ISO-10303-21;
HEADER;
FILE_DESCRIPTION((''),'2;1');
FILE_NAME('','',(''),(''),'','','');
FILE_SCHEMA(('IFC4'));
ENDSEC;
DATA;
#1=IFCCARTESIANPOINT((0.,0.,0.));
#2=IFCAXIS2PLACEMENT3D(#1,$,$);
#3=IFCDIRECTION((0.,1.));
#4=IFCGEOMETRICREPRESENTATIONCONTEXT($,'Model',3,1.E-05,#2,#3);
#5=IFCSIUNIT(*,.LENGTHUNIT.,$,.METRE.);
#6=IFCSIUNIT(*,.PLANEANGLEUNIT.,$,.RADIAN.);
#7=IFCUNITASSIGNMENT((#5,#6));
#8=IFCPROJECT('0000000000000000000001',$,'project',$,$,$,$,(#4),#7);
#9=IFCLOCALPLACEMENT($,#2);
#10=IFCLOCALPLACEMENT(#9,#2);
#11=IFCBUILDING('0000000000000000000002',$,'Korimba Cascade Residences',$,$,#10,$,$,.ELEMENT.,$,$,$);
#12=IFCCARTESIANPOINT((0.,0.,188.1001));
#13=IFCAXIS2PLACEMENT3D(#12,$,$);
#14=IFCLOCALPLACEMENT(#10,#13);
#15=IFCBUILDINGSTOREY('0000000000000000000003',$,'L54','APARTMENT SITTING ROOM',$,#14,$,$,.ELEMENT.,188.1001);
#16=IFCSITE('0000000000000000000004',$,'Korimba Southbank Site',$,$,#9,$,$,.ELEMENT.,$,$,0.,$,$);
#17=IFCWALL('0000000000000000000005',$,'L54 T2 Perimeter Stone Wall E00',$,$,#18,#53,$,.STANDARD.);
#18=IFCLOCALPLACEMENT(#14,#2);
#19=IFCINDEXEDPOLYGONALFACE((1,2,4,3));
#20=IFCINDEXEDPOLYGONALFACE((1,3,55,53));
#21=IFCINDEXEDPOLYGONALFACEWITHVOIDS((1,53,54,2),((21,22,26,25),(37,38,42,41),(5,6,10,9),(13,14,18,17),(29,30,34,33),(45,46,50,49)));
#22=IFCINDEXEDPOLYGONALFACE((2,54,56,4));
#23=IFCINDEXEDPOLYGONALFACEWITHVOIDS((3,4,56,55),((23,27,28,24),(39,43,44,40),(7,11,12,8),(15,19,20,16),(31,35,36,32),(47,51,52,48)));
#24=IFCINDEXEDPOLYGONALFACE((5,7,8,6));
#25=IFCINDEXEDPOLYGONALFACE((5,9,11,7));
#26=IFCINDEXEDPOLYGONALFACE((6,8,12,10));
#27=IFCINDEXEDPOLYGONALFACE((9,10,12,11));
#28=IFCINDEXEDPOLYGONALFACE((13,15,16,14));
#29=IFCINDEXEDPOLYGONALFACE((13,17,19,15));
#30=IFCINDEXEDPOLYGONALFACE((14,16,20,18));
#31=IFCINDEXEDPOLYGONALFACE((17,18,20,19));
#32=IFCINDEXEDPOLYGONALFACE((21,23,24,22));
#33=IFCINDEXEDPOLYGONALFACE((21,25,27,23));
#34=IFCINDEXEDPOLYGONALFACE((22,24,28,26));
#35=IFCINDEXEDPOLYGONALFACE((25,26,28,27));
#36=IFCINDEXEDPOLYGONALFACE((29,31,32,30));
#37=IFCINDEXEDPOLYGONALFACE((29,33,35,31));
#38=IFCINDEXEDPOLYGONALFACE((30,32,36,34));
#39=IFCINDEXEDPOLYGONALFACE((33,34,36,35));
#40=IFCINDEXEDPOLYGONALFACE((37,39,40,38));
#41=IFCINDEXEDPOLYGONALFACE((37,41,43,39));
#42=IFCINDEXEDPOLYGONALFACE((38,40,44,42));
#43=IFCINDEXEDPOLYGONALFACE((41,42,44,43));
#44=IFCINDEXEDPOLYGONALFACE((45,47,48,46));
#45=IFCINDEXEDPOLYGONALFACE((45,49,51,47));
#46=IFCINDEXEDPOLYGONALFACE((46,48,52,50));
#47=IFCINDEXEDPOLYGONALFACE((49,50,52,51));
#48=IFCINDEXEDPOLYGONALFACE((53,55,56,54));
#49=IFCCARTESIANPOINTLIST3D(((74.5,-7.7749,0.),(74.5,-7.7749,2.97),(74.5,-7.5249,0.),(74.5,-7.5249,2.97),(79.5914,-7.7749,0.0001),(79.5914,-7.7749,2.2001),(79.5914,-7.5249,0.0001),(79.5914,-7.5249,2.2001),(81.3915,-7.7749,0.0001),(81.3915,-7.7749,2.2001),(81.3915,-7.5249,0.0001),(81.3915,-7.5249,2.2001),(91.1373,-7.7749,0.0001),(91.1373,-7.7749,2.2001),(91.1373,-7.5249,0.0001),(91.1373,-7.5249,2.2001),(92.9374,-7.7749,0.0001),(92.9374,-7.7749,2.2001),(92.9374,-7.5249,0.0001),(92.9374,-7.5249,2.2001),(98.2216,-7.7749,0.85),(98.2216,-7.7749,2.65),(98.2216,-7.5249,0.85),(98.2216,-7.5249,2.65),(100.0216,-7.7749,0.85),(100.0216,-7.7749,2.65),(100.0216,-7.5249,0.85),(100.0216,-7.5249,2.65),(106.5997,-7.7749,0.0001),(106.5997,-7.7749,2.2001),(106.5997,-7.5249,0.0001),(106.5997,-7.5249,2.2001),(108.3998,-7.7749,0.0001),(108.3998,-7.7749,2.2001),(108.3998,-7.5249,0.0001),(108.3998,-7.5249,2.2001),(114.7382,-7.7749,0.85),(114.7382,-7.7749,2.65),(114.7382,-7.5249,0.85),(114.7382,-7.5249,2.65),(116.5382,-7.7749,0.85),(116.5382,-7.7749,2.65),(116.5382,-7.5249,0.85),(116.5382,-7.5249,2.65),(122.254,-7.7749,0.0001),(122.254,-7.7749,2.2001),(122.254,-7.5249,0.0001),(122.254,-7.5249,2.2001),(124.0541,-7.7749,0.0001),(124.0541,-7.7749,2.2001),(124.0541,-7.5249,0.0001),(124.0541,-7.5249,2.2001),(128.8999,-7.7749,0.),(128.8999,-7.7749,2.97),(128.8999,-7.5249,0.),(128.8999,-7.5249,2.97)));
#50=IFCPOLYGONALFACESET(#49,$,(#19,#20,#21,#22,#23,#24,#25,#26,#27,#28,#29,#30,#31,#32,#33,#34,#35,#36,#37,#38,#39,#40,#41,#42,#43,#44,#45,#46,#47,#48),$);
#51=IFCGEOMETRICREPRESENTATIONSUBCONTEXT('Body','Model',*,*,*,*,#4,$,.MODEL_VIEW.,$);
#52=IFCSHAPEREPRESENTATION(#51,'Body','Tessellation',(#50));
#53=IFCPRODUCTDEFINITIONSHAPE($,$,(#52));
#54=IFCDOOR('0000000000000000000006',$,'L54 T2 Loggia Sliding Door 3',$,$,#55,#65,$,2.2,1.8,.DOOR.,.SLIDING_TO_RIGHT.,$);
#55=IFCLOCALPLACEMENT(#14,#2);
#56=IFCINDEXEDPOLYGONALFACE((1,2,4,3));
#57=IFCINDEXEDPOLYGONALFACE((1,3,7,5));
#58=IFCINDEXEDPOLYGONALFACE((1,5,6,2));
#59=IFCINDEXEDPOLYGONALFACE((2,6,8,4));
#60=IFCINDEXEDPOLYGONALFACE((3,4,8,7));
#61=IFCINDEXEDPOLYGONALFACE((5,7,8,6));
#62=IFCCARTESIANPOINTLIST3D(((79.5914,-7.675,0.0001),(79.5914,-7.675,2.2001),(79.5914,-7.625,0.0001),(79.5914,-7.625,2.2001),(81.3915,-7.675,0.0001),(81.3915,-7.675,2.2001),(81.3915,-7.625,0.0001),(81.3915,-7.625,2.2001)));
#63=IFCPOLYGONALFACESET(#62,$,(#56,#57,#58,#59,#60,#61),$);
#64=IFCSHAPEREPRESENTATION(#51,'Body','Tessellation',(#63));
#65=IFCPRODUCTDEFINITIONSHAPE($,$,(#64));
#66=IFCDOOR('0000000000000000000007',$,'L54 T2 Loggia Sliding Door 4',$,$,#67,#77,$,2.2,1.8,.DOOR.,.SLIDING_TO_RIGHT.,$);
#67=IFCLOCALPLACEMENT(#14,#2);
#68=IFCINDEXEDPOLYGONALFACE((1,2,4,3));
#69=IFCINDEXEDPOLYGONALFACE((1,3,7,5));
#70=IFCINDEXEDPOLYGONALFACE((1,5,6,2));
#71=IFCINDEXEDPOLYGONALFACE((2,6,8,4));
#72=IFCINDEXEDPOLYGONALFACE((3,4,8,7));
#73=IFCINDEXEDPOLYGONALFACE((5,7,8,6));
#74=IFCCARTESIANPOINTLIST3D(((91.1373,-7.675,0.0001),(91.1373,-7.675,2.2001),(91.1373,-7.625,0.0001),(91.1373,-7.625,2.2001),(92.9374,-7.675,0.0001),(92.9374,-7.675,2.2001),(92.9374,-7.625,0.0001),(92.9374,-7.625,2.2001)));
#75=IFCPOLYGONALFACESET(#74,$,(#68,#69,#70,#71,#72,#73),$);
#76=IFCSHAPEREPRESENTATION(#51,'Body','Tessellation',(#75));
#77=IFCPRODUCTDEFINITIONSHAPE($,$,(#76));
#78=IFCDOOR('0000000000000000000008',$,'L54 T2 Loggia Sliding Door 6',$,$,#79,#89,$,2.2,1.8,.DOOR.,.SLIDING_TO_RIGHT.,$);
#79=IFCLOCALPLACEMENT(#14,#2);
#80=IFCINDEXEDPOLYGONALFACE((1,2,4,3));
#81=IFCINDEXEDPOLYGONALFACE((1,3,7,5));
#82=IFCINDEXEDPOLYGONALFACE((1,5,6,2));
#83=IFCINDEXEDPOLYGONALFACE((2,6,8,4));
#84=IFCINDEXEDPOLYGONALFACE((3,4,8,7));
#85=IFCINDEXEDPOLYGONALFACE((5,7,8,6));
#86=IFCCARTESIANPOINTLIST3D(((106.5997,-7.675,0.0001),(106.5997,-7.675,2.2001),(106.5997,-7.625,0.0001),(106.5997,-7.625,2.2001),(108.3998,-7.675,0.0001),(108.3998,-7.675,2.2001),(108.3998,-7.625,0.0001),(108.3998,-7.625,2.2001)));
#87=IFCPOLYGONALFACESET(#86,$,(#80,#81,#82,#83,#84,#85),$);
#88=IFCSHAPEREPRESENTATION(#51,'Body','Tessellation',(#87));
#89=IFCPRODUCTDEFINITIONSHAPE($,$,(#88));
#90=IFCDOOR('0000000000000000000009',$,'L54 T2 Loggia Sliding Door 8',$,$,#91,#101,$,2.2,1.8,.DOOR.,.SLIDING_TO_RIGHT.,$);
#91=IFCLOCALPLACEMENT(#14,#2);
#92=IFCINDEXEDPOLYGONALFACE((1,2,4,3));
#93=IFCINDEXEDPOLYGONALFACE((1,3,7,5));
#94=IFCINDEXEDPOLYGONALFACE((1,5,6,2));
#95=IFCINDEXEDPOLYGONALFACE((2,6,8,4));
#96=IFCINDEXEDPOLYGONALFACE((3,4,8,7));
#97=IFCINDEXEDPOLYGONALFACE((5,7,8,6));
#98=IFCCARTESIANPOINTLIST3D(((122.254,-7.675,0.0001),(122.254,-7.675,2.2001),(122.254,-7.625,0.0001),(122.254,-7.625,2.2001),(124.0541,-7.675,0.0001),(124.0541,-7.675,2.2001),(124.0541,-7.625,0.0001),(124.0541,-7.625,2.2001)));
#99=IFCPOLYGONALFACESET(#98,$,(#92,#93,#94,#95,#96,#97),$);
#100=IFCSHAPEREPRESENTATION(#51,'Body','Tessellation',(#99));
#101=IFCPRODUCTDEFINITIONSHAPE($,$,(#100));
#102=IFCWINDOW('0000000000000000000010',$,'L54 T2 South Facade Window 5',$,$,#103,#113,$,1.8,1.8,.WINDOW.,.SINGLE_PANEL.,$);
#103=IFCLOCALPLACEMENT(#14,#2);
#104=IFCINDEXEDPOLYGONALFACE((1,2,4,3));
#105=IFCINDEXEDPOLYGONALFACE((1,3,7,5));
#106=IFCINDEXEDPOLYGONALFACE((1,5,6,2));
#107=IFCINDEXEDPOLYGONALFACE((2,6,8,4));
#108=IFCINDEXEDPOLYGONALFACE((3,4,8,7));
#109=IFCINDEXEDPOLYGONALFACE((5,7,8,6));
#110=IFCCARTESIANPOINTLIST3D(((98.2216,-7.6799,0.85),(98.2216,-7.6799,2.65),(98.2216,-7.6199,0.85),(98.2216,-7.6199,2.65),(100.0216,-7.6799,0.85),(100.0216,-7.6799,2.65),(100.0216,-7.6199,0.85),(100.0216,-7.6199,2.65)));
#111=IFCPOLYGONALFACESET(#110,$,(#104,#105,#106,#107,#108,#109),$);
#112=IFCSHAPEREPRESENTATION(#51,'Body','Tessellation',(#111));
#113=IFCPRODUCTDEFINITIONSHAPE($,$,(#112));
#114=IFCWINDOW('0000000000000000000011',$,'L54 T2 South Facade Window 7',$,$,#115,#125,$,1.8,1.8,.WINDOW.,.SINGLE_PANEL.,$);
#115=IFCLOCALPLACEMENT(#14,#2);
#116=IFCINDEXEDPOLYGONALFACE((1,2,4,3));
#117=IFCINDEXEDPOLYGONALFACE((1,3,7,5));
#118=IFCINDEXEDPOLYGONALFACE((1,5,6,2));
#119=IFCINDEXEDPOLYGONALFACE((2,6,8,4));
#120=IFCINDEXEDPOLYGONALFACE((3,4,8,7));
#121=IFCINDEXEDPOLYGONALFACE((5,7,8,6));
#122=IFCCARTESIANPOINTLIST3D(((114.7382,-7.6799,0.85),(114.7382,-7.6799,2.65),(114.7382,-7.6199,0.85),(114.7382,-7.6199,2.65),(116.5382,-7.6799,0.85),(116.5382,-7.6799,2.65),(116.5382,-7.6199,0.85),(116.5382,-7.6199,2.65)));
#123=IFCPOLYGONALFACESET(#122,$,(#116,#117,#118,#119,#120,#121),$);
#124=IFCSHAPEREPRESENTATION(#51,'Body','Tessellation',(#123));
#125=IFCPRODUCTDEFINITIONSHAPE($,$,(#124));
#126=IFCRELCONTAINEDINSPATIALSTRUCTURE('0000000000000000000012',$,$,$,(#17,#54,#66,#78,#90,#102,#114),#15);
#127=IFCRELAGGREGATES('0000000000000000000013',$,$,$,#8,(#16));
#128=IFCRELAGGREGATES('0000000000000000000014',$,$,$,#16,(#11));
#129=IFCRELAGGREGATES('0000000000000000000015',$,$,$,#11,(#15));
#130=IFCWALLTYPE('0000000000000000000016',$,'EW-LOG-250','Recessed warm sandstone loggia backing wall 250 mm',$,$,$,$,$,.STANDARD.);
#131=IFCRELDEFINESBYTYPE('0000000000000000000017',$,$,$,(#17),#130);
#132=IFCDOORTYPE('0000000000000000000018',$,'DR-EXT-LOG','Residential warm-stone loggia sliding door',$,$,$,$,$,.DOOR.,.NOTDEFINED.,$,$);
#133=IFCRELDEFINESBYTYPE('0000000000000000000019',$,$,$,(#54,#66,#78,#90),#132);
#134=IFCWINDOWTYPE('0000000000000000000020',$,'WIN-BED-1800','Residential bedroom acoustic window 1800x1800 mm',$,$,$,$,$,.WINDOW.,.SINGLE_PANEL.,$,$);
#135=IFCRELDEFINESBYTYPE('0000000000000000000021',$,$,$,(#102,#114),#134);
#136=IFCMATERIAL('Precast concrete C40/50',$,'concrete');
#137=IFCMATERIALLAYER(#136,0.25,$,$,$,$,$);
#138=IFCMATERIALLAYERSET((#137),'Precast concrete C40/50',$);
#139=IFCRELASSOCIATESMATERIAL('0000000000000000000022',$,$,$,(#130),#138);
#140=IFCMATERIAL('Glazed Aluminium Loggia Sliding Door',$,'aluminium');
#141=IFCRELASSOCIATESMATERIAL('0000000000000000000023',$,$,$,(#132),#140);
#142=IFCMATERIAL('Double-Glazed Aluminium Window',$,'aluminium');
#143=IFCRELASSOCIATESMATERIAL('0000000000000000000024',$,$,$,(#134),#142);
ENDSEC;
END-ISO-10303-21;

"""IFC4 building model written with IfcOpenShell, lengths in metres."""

from ifc_helpers import new_model, si_unit, direction, frame, frame_2d, origin, place, context, subcontext, project, spatial, rectangle, extrude, material, layer, layer_set, type_object, element, fill, save


model = new_model("IFC4")

# Units and contexts
model_context = context("Model", 3, precision=1e-05, world=origin(), true_north=direction((0.0, 1.0)))
body_context = subcontext(model_context, "Body", "Model", "MODEL_VIEW")
ifc_project = project(units=[si_unit("LENGTHUNIT", "METRE"), si_unit("PLANEANGLEUNIT", "RADIAN")], contexts=[model_context])

# Site, building, storey
site_placement = place(None, origin())
site = spatial("IfcSite", under=ifc_project, at=site_placement, Name="Korimba Southbank Site", CompositionType="ELEMENT", RefElevation=0.0)
building_placement = place(site_placement, origin())
building = spatial("IfcBuilding", under=site, at=building_placement, Name="Korimba Cascade Residences", CompositionType="ELEMENT")
storey_placement = place(building_placement, frame((0.0, 0.0, 188.1001)))
storey = spatial("IfcBuildingStorey", under=building, at=storey_placement, Name="L54", Description="APARTMENT SITTING ROOM", CompositionType="ELEMENT", Elevation=188.1001)

# Wall, openings, doors, windows
ifc_material_1 = material(Name="Precast concrete C40/50", Category="concrete")
ifc_layer_1 = layer(ifc_material_1, 0.25)
ifc_layer_set_1 = layer_set([ifc_layer_1], Name="Precast concrete C40/50")
wall_type_1 = type_object("IfcWallType", Name="EW-LOG-250", Description="Recessed warm sandstone loggia backing wall 250 mm", PredefinedType="STANDARD", material=ifc_layer_set_1)
wall_1_placement = place(storey_placement, frame((74.5, -7.6499, 0.0), z_axis=(0.0, 0.0, 1.0), x_axis=(1.0, 0.0, 0.0)))
wall_1 = element("IfcWall", 1, at=wall_1_placement, inside=storey, type_object=wall_type_1, Name="L54 T2 Perimeter Stone Wall E00", PredefinedType="STANDARD", context=body_context, shape_type="SweptSolid", body=[
    extrude(rectangle(XDim=54.3999, YDim=0.25, at=frame_2d((27.2, 0.0))), origin(), (0.0, 0.0, 1.0), 2.97),
])
opening_1_placement = place(wall_1_placement, frame((5.0916, 0.0, 0.0)))
opening_1 = element("IfcOpeningElement", 2, at=opening_1_placement, cuts=wall_1, PredefinedType="OPENING", context=body_context, shape_type="SweptSolid", body=[
    extrude(rectangle(XDim=1.8, YDim=2.2, at=frame_2d((0.8999, 1.1001))), frame((0.0, 0.135, 0.0), z_axis=(0.0, -1.0, 0.0), x_axis=(1.0, 0.0, 0.0)), (0.0, 0.0, 1.0), 0.27),
])
opening_2_placement = place(wall_1_placement, frame((16.6375, 0.0, 0.0)))
opening_2 = element("IfcOpeningElement", 3, at=opening_2_placement, cuts=wall_1, PredefinedType="OPENING", context=body_context, shape_type="SweptSolid", body=[
    extrude(rectangle(XDim=1.8, YDim=2.2, at=frame_2d((0.8999, 1.1001))), frame((0.0, 0.135, 0.0), z_axis=(0.0, -1.0, 0.0), x_axis=(1.0, 0.0, 0.0)), (0.0, 0.0, 1.0), 0.27),
])
opening_3_placement = place(wall_1_placement, frame((23.7217, 0.0, 0.8501)))
opening_3 = element("IfcOpeningElement", 4, at=opening_3_placement, cuts=wall_1, PredefinedType="OPENING", context=body_context, shape_type="SweptSolid", body=[
    extrude(rectangle(XDim=1.8, YDim=1.8, at=frame_2d((0.8999, 0.8999))), frame((0.0, 0.135, 0.0), z_axis=(0.0, -1.0, 0.0), x_axis=(1.0, 0.0, 0.0)), (0.0, 0.0, 1.0), 0.27),
])
opening_4_placement = place(wall_1_placement, frame((32.0999, 0.0, 0.0)))
opening_4 = element("IfcOpeningElement", 5, at=opening_4_placement, cuts=wall_1, PredefinedType="OPENING", context=body_context, shape_type="SweptSolid", body=[
    extrude(rectangle(XDim=1.8, YDim=2.2, at=frame_2d((0.8999, 1.1001))), frame((0.0, 0.135, 0.0), z_axis=(0.0, -1.0, 0.0), x_axis=(1.0, 0.0, 0.0)), (0.0, 0.0, 1.0), 0.27),
])
opening_5_placement = place(wall_1_placement, frame((40.2383, 0.0, 0.8501)))
opening_5 = element("IfcOpeningElement", 6, at=opening_5_placement, cuts=wall_1, PredefinedType="OPENING", context=body_context, shape_type="SweptSolid", body=[
    extrude(rectangle(XDim=1.8, YDim=1.8, at=frame_2d((0.8999, 0.8999))), frame((0.0, 0.135, 0.0), z_axis=(0.0, -1.0, 0.0), x_axis=(1.0, 0.0, 0.0)), (0.0, 0.0, 1.0), 0.27),
])
opening_6_placement = place(wall_1_placement, frame((47.7542, 0.0, 0.0)))
opening_6 = element("IfcOpeningElement", 7, at=opening_6_placement, cuts=wall_1, PredefinedType="OPENING", context=body_context, shape_type="SweptSolid", body=[
    extrude(rectangle(XDim=1.8, YDim=2.2, at=frame_2d((0.8999, 1.1001))), frame((0.0, 0.135, 0.0), z_axis=(0.0, -1.0, 0.0), x_axis=(1.0, 0.0, 0.0)), (0.0, 0.0, 1.0), 0.27),
])
ifc_material_2 = material(Name="Glazed Aluminium Loggia Sliding Door", Category="aluminium")
door_type_1 = type_object("IfcDoorType", Name="DR-EXT-LOG", Description="Residential warm-stone loggia sliding door", OperationType="NOTDEFINED", PredefinedType="DOOR", material=ifc_material_2)
door_1_placement = place(opening_1_placement, origin())
door_1 = element("IfcDoor", 8, at=door_1_placement, inside=storey, type_object=door_type_1, Name="L54 T2 Loggia Sliding Door 3", OperationType="SLIDING_TO_RIGHT", OverallHeight=2.2, OverallWidth=1.8, PredefinedType="DOOR", context=body_context, shape_type="SweptSolid", body=[
    extrude(rectangle(XDim=1.8, YDim=2.2, at=frame_2d((0.8999, 1.1001))), frame((0.0, 0.0249, 0.0), z_axis=(0.0, -1.0, 0.0), x_axis=(1.0, 0.0, 0.0)), (0.0, 0.0, 1.0), 0.05),
])
fill(opening_1, door_1)
door_2_placement = place(opening_2_placement, origin())
door_2 = element("IfcDoor", 9, at=door_2_placement, inside=storey, type_object=door_type_1, Name="L54 T2 Loggia Sliding Door 4", OperationType="SLIDING_TO_RIGHT", OverallHeight=2.2, OverallWidth=1.8, PredefinedType="DOOR", context=body_context, shape_type="SweptSolid", body=[
    extrude(rectangle(XDim=1.8, YDim=2.2, at=frame_2d((0.8999, 1.1001))), frame((0.0, 0.0249, 0.0), z_axis=(0.0, -1.0, 0.0), x_axis=(1.0, 0.0, 0.0)), (0.0, 0.0, 1.0), 0.05),
])
fill(opening_2, door_2)
door_3_placement = place(opening_4_placement, origin())
door_3 = element("IfcDoor", 10, at=door_3_placement, inside=storey, type_object=door_type_1, Name="L54 T2 Loggia Sliding Door 6", OperationType="SLIDING_TO_RIGHT", OverallHeight=2.2, OverallWidth=1.8, PredefinedType="DOOR", context=body_context, shape_type="SweptSolid", body=[
    extrude(rectangle(XDim=1.8, YDim=2.2, at=frame_2d((0.8999, 1.1001))), frame((0.0, 0.0249, 0.0), z_axis=(0.0, -1.0, 0.0), x_axis=(1.0, 0.0, 0.0)), (0.0, 0.0, 1.0), 0.05),
])
fill(opening_4, door_3)
door_4_placement = place(opening_6_placement, origin())
door_4 = element("IfcDoor", 11, at=door_4_placement, inside=storey, type_object=door_type_1, Name="L54 T2 Loggia Sliding Door 8", OperationType="SLIDING_TO_RIGHT", OverallHeight=2.2, OverallWidth=1.8, PredefinedType="DOOR", context=body_context, shape_type="SweptSolid", body=[
    extrude(rectangle(XDim=1.8, YDim=2.2, at=frame_2d((0.8999, 1.1001))), frame((0.0, 0.0249, 0.0), z_axis=(0.0, -1.0, 0.0), x_axis=(1.0, 0.0, 0.0)), (0.0, 0.0, 1.0), 0.05),
])
fill(opening_6, door_4)
ifc_material_3 = material(Name="Double-Glazed Aluminium Window", Category="aluminium")
window_type_1 = type_object("IfcWindowType", Name="WIN-BED-1800", Description="Residential bedroom acoustic window 1800x1800 mm", PartitioningType="SINGLE_PANEL", PredefinedType="WINDOW", material=ifc_material_3)
window_1_placement = place(opening_3_placement, origin())
window_1 = element("IfcWindow", 12, at=window_1_placement, inside=storey, type_object=window_type_1, Name="L54 T2 South Facade Window 5", OverallHeight=1.8, OverallWidth=1.8, PartitioningType="SINGLE_PANEL", PredefinedType="WINDOW", context=body_context, shape_type="SweptSolid", body=[
    extrude(rectangle(XDim=1.8, YDim=1.8, at=frame_2d((0.8999, 0.8999))), frame((0.0, 0.03, 0.0), z_axis=(0.0, -1.0, 0.0), x_axis=(1.0, 0.0, 0.0)), (0.0, 0.0, 1.0), 0.0601),
])
fill(opening_3, window_1)
window_2_placement = place(opening_5_placement, origin())
window_2 = element("IfcWindow", 13, at=window_2_placement, inside=storey, type_object=window_type_1, Name="L54 T2 South Facade Window 7", OverallHeight=1.8, OverallWidth=1.8, PartitioningType="SINGLE_PANEL", PredefinedType="WINDOW", context=body_context, shape_type="SweptSolid", body=[
    extrude(rectangle(XDim=1.8, YDim=1.8, at=frame_2d((0.8999, 0.8999))), frame((0.0, 0.03, 0.0), z_axis=(0.0, -1.0, 0.0), x_axis=(1.0, 0.0, 0.0)), (0.0, 0.0, 1.0), 0.0601),
])
fill(opening_5, window_2)

save(model, "model.ifc")
